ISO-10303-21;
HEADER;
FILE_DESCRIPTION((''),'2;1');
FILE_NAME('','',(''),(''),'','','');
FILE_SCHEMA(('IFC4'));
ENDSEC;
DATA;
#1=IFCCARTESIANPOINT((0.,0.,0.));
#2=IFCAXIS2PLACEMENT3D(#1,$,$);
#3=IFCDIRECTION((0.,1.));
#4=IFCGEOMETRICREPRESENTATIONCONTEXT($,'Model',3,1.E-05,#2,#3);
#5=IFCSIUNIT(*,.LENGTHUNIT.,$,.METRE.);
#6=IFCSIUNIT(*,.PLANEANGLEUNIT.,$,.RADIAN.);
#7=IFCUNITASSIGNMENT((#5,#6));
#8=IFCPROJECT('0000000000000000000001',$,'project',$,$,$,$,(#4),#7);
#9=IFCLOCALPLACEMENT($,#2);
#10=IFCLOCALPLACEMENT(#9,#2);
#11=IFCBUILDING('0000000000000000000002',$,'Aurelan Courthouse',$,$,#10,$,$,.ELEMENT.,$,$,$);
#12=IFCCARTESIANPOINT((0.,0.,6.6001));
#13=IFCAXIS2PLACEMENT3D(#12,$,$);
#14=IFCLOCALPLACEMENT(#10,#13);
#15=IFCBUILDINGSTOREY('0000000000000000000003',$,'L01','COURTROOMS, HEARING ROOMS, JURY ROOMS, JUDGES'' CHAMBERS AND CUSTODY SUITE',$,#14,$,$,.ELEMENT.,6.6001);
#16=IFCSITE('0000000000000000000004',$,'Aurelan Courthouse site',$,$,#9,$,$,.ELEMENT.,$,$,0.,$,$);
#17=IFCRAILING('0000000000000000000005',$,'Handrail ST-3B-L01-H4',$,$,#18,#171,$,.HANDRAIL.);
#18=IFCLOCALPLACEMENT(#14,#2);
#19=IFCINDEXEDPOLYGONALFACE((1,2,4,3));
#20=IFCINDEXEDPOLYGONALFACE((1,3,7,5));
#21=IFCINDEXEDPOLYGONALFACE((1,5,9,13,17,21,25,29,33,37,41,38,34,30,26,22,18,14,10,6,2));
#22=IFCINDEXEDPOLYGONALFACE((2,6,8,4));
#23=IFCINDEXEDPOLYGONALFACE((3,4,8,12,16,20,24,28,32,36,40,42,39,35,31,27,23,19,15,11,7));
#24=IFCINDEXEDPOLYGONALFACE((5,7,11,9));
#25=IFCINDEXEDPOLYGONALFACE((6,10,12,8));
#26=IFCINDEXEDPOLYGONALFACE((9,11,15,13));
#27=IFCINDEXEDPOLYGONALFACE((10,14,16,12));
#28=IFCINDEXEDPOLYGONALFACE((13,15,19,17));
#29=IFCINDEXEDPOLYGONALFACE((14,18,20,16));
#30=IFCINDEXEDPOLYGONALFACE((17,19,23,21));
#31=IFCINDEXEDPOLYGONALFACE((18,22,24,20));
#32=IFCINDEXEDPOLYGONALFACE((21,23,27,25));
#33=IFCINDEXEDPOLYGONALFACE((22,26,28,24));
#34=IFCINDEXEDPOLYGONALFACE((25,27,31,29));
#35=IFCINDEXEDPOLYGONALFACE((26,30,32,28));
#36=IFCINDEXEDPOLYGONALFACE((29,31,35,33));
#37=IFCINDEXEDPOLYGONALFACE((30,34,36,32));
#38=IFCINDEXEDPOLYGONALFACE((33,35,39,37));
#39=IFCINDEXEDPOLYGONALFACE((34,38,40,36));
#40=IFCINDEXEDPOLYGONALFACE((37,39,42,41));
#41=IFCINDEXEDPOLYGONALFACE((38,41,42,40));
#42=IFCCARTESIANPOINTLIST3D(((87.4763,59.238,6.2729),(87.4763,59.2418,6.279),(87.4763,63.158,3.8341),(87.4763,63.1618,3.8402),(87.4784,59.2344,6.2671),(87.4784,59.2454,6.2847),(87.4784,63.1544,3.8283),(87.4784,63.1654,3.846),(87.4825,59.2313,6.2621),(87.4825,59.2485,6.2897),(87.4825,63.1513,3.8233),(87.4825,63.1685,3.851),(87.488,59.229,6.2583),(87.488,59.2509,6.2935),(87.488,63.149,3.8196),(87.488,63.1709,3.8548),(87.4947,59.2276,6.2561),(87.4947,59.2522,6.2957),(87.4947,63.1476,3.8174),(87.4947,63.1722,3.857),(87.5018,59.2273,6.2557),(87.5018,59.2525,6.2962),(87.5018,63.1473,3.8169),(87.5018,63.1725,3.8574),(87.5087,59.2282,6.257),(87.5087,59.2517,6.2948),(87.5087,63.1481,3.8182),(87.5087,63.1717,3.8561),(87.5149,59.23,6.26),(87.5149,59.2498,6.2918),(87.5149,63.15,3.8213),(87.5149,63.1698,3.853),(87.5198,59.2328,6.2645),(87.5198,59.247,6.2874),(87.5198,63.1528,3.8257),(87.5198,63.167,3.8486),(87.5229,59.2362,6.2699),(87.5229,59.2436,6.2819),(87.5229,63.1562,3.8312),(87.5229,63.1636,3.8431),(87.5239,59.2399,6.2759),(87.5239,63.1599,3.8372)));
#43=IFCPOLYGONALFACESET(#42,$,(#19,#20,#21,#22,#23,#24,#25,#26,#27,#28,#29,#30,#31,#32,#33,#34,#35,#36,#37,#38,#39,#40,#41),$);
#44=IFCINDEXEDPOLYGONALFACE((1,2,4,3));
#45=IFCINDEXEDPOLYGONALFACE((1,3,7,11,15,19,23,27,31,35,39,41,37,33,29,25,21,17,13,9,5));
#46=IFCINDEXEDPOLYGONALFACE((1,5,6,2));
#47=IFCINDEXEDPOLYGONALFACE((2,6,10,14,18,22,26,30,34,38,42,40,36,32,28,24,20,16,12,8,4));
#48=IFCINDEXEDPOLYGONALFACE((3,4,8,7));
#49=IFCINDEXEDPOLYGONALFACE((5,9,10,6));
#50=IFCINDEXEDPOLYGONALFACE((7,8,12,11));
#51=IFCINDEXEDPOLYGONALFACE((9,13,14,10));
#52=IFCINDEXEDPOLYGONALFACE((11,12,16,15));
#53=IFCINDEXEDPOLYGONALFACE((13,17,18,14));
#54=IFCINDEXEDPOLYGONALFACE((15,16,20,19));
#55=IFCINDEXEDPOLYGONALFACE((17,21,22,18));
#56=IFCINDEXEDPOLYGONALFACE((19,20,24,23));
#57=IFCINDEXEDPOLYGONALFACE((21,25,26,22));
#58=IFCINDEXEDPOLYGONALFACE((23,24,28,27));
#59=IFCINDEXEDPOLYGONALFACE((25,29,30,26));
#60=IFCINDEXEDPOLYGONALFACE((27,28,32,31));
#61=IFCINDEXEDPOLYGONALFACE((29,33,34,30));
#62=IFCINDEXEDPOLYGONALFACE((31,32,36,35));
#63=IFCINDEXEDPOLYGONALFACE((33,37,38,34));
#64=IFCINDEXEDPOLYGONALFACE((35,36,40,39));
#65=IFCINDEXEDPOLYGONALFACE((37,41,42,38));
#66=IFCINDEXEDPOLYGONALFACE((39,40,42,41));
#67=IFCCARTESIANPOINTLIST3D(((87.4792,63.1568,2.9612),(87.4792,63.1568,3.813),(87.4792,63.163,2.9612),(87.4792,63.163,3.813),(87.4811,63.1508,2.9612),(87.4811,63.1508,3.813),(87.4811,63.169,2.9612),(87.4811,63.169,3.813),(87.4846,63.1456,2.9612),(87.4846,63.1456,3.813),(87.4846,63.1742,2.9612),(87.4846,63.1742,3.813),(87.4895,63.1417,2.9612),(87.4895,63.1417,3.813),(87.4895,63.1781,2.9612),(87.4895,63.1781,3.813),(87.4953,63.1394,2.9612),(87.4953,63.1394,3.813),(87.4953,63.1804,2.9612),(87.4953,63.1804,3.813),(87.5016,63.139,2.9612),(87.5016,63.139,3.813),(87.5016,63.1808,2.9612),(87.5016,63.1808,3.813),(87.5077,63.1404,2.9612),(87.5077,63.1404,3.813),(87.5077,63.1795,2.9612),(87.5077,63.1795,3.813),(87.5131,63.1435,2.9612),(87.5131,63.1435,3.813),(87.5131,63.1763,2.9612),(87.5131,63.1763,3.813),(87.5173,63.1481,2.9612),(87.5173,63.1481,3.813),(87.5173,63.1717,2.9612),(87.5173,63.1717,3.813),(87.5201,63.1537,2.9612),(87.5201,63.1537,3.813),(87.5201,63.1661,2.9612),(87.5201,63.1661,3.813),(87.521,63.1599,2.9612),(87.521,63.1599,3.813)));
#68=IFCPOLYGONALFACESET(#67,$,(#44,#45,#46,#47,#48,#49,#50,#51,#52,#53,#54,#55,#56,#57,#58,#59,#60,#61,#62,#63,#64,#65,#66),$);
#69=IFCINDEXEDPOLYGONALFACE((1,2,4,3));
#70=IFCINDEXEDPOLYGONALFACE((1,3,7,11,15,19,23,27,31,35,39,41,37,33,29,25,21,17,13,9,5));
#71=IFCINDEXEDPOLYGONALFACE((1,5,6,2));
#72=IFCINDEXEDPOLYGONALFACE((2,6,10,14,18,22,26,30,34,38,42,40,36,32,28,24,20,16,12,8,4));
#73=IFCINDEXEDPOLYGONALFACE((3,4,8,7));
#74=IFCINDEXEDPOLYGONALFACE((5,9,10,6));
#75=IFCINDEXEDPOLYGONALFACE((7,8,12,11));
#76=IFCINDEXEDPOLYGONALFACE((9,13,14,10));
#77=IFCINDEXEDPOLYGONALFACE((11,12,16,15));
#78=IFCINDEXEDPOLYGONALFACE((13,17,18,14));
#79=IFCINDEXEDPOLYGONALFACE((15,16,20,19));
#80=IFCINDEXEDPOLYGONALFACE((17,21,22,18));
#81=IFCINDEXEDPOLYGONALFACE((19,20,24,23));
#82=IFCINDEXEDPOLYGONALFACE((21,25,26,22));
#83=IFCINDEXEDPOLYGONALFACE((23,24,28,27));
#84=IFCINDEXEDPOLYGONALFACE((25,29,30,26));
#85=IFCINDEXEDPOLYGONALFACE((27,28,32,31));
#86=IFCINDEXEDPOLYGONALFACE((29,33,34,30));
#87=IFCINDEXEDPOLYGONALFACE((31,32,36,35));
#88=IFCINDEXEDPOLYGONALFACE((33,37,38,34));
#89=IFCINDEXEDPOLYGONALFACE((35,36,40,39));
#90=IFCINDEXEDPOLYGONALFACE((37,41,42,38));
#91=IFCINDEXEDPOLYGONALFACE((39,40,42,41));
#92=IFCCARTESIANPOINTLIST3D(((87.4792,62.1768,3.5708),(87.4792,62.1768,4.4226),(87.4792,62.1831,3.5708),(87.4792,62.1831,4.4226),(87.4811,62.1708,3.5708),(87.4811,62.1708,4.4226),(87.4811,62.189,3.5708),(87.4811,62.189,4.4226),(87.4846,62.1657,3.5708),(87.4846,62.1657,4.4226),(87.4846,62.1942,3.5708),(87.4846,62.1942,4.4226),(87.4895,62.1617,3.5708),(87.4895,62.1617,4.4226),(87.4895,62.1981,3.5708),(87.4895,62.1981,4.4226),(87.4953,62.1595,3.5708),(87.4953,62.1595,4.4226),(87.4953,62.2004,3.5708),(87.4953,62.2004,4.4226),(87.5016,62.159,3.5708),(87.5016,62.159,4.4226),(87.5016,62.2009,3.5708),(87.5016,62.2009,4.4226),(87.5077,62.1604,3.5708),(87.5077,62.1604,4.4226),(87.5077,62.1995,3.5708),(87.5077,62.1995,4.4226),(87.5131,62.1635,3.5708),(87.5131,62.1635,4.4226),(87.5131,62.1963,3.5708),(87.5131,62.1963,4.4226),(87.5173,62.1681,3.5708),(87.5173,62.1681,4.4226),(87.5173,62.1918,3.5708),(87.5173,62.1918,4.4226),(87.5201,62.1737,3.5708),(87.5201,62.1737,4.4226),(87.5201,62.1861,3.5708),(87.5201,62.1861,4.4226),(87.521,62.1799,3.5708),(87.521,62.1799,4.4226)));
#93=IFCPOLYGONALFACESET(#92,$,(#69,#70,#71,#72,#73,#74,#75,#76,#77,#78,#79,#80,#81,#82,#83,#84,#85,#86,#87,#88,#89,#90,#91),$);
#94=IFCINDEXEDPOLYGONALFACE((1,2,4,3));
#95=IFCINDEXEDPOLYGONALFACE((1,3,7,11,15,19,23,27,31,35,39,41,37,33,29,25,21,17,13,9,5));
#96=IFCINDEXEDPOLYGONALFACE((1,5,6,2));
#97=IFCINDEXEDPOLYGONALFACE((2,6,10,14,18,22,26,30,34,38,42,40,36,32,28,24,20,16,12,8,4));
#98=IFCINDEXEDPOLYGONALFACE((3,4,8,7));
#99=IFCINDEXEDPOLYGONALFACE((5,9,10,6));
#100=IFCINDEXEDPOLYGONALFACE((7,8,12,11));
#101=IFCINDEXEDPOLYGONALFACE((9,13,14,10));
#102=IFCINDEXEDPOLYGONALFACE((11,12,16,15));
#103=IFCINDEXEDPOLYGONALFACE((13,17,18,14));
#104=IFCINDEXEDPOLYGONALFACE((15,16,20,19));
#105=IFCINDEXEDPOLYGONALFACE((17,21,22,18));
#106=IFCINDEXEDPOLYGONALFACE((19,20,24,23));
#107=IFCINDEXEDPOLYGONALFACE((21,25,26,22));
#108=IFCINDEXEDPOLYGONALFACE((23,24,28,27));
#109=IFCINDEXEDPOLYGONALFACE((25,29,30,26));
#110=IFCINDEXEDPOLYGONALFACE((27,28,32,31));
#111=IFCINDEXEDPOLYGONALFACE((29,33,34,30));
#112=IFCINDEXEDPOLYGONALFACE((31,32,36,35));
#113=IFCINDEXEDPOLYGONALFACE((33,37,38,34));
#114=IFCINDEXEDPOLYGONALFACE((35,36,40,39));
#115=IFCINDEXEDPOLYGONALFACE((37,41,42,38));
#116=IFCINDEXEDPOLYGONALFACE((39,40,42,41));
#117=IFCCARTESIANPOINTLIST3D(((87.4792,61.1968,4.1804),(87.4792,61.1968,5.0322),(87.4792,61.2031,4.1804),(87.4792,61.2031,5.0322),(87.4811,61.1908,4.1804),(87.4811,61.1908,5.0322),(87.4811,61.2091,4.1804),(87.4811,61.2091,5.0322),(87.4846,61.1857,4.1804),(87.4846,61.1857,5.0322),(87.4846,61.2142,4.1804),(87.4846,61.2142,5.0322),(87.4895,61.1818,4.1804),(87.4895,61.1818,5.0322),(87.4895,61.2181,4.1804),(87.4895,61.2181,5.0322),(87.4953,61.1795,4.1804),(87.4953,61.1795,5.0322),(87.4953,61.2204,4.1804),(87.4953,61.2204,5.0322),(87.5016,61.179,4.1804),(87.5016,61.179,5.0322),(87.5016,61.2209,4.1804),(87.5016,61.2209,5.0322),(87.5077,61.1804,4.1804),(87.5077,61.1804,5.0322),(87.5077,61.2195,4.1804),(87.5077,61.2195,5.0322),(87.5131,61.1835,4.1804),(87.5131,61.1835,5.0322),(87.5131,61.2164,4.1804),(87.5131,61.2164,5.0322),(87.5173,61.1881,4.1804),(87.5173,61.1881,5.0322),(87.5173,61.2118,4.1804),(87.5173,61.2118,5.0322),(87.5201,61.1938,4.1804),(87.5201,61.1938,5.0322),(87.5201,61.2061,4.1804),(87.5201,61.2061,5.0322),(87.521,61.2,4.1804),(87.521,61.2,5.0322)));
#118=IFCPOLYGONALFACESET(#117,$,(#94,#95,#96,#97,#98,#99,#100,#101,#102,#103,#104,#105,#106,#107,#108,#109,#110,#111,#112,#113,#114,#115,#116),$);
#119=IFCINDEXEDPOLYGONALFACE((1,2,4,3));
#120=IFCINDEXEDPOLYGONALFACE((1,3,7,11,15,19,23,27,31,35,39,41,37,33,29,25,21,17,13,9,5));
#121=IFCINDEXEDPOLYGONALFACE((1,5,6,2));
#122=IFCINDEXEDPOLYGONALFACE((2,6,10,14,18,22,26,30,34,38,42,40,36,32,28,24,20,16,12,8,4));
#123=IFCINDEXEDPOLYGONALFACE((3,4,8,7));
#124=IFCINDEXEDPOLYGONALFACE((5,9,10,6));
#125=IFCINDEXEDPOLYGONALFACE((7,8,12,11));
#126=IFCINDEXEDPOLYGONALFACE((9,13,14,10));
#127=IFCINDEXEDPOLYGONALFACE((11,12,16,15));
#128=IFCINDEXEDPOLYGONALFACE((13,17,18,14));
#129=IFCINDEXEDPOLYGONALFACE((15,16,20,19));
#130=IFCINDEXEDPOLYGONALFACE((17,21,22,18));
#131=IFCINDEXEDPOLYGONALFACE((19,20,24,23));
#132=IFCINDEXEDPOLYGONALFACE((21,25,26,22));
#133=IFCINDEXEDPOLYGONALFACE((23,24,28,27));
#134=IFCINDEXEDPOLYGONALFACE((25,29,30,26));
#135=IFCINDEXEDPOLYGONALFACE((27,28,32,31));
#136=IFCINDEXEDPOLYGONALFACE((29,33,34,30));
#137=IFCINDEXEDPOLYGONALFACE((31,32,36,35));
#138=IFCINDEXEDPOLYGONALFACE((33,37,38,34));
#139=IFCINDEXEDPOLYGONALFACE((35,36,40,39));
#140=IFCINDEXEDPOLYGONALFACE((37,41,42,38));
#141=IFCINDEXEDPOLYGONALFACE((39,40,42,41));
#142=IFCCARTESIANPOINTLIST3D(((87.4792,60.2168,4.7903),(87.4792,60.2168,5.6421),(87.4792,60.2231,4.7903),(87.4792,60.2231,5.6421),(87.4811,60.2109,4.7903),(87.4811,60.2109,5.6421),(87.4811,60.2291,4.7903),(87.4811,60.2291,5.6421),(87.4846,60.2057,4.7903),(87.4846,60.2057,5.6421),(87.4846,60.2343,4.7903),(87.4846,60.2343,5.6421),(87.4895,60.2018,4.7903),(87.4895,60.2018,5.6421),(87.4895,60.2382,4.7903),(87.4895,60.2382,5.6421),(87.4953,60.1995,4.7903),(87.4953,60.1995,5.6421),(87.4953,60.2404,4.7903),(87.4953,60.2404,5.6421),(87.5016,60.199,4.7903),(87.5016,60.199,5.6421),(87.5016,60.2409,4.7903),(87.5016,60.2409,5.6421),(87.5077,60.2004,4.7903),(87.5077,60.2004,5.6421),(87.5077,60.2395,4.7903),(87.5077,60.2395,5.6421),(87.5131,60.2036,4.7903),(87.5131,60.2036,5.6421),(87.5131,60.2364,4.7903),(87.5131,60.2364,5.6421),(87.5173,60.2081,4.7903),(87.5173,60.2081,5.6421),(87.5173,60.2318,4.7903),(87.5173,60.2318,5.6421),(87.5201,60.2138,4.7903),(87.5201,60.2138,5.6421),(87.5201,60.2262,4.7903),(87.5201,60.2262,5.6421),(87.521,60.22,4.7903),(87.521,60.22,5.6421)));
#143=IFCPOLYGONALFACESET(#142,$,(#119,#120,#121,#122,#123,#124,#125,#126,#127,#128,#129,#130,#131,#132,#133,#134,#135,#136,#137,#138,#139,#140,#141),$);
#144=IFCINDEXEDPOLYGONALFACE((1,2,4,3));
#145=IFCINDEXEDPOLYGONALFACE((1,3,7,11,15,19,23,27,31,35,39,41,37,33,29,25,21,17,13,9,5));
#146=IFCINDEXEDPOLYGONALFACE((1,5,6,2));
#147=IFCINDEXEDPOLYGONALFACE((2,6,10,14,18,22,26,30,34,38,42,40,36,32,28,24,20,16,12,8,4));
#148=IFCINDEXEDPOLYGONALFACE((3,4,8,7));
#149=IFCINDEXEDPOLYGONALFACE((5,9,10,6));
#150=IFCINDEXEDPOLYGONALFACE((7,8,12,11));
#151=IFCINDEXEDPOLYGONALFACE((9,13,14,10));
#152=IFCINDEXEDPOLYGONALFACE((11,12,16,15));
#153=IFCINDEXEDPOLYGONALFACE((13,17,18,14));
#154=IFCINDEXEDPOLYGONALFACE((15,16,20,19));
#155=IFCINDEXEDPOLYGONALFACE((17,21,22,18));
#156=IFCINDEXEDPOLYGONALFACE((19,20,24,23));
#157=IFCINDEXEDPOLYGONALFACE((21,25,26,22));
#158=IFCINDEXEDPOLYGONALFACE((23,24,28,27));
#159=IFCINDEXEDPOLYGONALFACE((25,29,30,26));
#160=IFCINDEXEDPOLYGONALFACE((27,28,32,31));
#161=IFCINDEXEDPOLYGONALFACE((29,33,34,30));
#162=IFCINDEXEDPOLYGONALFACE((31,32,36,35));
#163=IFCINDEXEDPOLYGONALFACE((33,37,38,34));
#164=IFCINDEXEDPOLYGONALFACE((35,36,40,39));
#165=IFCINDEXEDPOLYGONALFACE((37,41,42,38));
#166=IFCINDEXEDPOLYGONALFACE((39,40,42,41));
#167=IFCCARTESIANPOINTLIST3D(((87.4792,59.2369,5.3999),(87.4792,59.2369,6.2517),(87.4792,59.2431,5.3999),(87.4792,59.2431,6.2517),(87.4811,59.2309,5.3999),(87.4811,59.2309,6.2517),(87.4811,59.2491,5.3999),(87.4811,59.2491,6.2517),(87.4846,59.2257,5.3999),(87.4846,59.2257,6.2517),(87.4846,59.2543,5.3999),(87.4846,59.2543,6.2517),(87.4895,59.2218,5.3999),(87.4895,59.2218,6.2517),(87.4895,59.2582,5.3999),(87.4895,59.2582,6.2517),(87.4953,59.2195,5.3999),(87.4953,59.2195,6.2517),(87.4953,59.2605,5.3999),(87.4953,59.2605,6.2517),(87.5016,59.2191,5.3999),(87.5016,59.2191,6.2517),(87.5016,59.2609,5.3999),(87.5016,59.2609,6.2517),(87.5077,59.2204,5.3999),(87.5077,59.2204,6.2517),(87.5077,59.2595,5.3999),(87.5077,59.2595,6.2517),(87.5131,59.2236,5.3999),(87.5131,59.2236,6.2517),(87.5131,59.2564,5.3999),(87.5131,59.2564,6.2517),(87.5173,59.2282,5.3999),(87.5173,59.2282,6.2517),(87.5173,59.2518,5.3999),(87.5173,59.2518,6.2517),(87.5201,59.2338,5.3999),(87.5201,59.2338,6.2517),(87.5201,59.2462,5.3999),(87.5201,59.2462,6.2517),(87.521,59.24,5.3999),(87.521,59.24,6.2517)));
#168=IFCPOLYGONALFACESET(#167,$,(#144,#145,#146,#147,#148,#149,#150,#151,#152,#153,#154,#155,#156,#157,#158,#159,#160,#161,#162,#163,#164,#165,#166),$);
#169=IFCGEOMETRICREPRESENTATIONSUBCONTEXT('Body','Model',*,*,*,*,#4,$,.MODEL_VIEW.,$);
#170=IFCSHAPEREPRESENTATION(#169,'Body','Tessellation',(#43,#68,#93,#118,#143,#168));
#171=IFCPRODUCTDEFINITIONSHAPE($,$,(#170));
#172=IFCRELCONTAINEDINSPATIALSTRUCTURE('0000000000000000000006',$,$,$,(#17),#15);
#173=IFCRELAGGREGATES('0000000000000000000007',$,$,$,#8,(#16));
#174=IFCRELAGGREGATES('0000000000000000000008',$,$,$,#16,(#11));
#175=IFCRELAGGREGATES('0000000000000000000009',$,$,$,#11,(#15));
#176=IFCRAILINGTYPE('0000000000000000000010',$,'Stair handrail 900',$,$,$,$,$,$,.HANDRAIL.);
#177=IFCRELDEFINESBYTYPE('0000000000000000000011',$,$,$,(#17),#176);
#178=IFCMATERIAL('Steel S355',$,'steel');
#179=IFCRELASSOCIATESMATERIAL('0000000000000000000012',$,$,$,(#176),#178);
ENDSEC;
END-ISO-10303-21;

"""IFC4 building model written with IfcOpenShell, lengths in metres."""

from ifc_helpers import new_model, si_unit, direction, frame, origin, origin_2d, place, context, subcontext, project, spatial, circle, extrude, material, type_object, element, save


model = new_model("IFC4")

# Units and contexts
model_context = context("Model", 3, precision=1e-05, world=origin(), true_north=direction((0.0, 1.0)))
body_context = subcontext(model_context, "Body", "Model", "MODEL_VIEW")
ifc_project = project(units=[si_unit("LENGTHUNIT", "METRE"), si_unit("PLANEANGLEUNIT", "RADIAN")], contexts=[model_context])

# Site, building, storey
site_placement = place(None, origin())
site = spatial("IfcSite", under=ifc_project, at=site_placement, Name="Aurelan Courthouse site", CompositionType="ELEMENT", RefElevation=0.0)
building_placement = place(site_placement, origin())
building = spatial("IfcBuilding", under=site, at=building_placement, Name="Aurelan Courthouse", CompositionType="ELEMENT")
storey_placement = place(building_placement, frame((0.0, 0.0, 6.6001)))
storey = spatial("IfcBuildingStorey", under=building, at=storey_placement, Name="L01", Description="COURTROOMS, HEARING ROOMS, JURY ROOMS, JUDGES' CHAMBERS AND CUSTODY SUITE", CompositionType="ELEMENT", Elevation=6.6001)

# Railing
ifc_material_1 = material(Name="Steel S355", Category="steel")
railing_type_1 = type_object("IfcRailingType", Name="Stair handrail 900", PredefinedType="HANDRAIL", material=ifc_material_1)
railing_1_placement = place(storey_placement, frame((87.5, 63.1599, 2.9612)))
element("IfcRailing", 1, at=railing_1_placement, inside=storey, type_object=railing_type_1, Name="Handrail ST-3B-L01-H4", PredefinedType="HANDRAIL", context=body_context, shape_type="SweptSolid", body=[
    extrude(circle(Radius=0.0239, at=origin_2d()), frame((0.0, 0.0, 0.876), z_axis=(0.0, -0.84909, 0.528249), x_axis=(1.0, 0.0, 0.0)), (0.0, 0.0, 1.0), 4.6167),
    extrude(circle(Radius=0.021, at=origin_2d()), origin(), (0.0, 0.0, 1.0), 0.8518),
    extrude(circle(Radius=0.021, at=origin_2d()), frame((0.0, -0.98, 0.6096)), (0.0, 0.0, 1.0), 0.8518),
    extrude(circle(Radius=0.021, at=origin_2d()), frame((0.0, -1.96, 1.2192)), (0.0, 0.0, 1.0), 0.8518),
    extrude(circle(Radius=0.021, at=origin_2d()), frame((0.0, -2.9399, 1.8291)), (0.0, 0.0, 1.0), 0.8518),
    extrude(circle(Radius=0.021, at=origin_2d()), frame((0.0, -3.9199, 2.4387)), (0.0, 0.0, 1.0), 0.8518),
])

save(model, "model.ifc")
